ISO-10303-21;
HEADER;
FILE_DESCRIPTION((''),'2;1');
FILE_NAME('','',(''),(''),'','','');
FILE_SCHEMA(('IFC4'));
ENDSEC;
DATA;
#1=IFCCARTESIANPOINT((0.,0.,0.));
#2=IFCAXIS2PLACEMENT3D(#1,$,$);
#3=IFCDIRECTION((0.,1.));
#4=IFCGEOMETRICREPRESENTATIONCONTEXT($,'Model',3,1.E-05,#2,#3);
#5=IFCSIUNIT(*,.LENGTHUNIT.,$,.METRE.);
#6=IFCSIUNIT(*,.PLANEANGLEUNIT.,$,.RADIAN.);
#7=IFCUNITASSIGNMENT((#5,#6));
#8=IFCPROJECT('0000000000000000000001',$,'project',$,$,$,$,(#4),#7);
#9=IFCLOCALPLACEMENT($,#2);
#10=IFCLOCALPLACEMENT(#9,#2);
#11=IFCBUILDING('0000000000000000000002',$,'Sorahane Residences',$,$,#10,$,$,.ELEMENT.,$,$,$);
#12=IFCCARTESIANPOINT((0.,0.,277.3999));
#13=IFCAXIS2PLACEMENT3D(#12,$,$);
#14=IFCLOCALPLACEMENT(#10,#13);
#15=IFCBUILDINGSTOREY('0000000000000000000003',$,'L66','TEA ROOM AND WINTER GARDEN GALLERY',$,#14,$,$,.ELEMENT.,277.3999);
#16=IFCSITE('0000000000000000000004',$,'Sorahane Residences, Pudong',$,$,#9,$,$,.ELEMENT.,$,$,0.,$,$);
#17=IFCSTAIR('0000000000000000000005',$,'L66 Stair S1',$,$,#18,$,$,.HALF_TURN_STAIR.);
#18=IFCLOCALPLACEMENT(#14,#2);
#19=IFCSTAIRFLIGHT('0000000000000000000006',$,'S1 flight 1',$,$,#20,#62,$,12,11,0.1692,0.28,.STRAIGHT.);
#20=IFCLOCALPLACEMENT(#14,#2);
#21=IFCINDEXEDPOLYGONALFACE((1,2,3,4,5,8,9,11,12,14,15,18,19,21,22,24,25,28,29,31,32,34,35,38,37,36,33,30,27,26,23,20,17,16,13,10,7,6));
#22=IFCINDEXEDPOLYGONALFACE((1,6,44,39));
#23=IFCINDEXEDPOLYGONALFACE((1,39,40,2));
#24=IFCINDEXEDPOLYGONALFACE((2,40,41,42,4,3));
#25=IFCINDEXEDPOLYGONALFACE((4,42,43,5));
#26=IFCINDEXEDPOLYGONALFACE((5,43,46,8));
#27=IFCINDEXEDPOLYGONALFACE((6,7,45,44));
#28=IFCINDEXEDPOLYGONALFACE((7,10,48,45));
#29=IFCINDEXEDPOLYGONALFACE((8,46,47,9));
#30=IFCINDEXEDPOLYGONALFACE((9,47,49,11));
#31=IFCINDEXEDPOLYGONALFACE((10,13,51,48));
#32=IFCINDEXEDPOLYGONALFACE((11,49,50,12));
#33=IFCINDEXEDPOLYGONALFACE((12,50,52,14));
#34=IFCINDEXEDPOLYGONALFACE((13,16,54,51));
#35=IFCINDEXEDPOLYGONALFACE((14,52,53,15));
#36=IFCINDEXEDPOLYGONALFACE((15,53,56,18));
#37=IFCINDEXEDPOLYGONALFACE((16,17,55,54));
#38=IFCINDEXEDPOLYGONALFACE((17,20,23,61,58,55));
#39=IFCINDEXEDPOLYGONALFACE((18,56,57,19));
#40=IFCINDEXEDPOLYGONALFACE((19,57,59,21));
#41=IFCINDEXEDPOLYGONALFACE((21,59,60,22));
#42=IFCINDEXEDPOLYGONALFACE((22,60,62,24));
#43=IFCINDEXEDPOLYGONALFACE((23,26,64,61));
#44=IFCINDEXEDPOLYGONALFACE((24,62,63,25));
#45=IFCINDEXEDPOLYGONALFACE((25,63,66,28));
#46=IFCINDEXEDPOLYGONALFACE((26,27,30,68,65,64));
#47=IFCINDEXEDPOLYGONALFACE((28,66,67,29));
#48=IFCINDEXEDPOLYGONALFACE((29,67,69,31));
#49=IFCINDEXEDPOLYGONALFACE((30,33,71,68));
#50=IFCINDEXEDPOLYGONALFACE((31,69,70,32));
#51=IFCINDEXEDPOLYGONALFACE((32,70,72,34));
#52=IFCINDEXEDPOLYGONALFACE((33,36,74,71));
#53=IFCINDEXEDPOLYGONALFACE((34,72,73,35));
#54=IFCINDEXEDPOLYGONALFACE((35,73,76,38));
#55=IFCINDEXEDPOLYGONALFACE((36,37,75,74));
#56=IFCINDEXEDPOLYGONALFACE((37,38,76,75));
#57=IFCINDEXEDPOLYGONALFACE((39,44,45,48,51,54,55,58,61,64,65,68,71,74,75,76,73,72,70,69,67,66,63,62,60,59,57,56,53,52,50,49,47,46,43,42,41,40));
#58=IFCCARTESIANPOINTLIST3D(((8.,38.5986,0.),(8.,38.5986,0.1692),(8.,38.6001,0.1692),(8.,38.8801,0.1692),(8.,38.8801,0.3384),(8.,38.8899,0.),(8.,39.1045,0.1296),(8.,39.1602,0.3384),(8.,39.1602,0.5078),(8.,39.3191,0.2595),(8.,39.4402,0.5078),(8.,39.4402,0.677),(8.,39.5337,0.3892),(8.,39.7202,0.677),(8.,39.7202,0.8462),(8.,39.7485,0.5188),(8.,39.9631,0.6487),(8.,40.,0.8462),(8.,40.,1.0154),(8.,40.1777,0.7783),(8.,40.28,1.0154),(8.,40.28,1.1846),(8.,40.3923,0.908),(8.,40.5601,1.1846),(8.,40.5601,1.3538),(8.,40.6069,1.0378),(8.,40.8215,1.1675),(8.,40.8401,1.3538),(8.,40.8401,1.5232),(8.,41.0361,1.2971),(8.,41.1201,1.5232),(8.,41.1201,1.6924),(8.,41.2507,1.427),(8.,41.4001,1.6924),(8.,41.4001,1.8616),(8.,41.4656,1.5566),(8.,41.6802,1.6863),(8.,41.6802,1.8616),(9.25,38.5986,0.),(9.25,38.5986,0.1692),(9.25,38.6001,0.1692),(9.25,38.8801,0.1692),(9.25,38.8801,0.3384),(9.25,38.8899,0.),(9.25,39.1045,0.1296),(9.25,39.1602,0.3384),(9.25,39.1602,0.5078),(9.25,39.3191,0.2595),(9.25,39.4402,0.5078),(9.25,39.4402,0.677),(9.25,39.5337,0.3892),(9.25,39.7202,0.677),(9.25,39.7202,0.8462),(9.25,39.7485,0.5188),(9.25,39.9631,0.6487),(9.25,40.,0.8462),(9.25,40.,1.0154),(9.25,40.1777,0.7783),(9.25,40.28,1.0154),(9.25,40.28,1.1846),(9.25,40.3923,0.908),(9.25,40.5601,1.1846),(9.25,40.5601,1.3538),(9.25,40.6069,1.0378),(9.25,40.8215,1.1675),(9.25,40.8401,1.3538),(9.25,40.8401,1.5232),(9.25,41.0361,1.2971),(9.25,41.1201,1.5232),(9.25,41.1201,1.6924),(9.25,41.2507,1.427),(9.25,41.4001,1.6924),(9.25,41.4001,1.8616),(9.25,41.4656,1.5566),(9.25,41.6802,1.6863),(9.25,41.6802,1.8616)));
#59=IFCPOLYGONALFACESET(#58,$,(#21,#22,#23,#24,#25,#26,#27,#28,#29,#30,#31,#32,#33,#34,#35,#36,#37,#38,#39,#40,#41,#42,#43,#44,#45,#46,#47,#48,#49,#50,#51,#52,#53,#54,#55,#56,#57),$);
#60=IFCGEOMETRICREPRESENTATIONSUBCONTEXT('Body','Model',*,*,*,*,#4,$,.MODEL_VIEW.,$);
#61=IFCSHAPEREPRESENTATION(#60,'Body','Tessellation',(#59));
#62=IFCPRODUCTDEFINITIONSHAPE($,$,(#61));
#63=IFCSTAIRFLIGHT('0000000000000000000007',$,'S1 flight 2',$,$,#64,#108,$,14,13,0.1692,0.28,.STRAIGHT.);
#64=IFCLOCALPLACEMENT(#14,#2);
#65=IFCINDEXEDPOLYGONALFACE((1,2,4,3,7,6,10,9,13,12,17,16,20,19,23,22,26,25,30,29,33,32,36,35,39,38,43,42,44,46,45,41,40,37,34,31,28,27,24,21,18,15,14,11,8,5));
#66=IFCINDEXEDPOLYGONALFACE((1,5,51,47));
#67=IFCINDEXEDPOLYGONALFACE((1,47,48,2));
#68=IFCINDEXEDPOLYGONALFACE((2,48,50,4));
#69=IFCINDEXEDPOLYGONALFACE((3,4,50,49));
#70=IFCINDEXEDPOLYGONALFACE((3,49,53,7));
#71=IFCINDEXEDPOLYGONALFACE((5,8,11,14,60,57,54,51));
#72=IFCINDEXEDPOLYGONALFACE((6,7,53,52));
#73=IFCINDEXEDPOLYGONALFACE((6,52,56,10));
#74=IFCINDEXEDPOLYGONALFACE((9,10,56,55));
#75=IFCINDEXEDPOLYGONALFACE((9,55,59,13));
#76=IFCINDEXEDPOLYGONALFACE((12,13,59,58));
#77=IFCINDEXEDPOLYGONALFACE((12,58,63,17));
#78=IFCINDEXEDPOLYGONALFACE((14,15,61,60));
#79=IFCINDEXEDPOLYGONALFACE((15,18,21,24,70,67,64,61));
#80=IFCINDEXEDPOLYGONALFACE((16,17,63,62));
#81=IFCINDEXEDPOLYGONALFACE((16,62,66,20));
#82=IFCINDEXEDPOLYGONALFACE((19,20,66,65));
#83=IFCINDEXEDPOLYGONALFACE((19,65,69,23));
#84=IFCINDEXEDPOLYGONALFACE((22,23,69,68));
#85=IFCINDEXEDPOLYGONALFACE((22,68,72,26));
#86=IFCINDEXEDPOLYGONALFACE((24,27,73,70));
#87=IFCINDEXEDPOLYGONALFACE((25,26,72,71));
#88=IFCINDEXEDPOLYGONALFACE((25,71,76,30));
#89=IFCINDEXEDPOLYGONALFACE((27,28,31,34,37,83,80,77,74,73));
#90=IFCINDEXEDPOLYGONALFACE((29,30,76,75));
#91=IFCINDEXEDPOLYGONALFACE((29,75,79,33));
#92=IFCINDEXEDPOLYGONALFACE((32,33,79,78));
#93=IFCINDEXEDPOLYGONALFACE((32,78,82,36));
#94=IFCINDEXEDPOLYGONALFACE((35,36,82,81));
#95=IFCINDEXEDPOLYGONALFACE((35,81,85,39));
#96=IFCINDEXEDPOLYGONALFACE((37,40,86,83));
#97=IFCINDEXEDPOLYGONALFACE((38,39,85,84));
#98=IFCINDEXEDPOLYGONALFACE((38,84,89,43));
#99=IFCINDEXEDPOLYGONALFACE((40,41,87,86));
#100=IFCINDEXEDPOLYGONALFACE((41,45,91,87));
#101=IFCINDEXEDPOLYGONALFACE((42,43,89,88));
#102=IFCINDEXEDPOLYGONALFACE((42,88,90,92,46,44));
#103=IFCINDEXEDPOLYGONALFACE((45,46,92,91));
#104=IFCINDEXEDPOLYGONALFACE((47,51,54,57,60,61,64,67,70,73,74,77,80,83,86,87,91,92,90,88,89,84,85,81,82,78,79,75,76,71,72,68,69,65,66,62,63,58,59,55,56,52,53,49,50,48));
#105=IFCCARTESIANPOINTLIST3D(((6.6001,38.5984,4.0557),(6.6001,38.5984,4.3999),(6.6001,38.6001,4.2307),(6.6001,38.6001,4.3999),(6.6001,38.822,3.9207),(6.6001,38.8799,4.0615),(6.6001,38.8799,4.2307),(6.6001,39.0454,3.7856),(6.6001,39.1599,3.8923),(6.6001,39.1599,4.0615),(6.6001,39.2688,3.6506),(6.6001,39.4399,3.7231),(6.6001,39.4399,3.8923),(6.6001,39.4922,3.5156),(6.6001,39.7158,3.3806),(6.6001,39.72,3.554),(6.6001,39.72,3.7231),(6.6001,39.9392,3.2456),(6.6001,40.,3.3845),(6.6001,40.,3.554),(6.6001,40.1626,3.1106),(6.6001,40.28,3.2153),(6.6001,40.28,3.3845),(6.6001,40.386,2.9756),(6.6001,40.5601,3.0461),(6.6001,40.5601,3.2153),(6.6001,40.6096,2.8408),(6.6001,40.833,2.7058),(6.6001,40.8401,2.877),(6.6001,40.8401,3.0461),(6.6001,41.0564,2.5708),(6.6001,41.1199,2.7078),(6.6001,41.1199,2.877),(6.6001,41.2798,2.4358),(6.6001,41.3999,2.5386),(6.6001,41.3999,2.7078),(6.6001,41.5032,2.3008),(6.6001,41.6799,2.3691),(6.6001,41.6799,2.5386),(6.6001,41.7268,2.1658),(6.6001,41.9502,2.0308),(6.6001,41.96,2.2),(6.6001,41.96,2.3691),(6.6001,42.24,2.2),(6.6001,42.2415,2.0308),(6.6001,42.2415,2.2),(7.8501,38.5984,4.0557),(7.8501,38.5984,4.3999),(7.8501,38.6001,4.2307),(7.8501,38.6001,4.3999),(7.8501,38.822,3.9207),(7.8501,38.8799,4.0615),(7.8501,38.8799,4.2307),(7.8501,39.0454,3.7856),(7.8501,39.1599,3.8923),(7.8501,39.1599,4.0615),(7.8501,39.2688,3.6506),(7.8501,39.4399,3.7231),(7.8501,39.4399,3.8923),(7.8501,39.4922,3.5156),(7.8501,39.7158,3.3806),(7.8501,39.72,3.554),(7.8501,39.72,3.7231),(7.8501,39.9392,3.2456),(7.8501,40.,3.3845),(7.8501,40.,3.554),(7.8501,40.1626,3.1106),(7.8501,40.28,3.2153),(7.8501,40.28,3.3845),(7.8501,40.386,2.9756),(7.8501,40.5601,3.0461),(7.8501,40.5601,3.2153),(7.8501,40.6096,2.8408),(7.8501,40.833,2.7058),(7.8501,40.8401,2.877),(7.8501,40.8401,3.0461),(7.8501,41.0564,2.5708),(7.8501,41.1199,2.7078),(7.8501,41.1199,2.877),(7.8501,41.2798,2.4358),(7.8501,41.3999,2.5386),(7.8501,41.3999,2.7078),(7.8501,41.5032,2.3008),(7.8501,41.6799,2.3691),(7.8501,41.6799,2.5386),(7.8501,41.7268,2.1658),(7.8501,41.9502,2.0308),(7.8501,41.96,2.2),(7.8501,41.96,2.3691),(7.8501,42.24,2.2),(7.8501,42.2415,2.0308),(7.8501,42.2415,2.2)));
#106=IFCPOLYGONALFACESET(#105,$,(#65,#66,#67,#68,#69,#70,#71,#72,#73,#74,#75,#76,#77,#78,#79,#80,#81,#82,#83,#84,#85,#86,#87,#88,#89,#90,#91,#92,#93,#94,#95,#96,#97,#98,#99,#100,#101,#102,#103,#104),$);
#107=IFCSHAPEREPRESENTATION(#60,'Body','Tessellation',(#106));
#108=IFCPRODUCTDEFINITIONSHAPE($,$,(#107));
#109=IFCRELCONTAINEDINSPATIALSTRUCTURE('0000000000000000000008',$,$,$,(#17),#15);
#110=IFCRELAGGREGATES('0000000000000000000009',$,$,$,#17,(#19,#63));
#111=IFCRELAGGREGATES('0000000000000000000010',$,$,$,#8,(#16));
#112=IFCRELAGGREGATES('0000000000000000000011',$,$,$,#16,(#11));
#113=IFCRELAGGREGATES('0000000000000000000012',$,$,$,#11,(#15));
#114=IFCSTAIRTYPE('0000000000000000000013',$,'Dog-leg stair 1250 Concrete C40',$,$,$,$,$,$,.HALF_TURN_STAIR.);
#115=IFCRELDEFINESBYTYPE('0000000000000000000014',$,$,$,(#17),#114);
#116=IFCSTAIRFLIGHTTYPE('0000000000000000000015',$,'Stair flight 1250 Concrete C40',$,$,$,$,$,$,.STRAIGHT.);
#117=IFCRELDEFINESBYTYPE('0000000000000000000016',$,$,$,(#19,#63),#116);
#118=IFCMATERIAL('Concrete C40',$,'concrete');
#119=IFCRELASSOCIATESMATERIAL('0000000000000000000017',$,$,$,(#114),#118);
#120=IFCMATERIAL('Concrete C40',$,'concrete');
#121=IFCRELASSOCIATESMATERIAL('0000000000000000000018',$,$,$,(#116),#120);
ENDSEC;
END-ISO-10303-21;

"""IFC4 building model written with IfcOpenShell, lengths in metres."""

from ifc_helpers import new_model, si_unit, direction, frame, origin, place, context, subcontext, project, spatial, polyline, outline, extrude, material, type_object, element, aggregate, save


model = new_model("IFC4")

# Units and contexts
model_context = context("Model", 3, precision=1e-05, world=origin(), true_north=direction((0.0, 1.0)))
body_context = subcontext(model_context, "Body", "Model", "MODEL_VIEW")
ifc_project = project(units=[si_unit("LENGTHUNIT", "METRE"), si_unit("PLANEANGLEUNIT", "RADIAN")], contexts=[model_context])

# Site, building, storey
site_placement = place(None, origin())
site = spatial("IfcSite", under=ifc_project, at=site_placement, Name="Sorahane Residences, Pudong", CompositionType="ELEMENT", RefElevation=0.0)
building_placement = place(site_placement, origin())
building = spatial("IfcBuilding", under=site, at=building_placement, Name="Sorahane Residences", CompositionType="ELEMENT")
storey_placement = place(building_placement, frame((0.0, 0.0, 277.3999)))
storey = spatial("IfcBuildingStorey", under=building, at=storey_placement, Name="L66", Description="TEA ROOM AND WINTER GARDEN GALLERY", CompositionType="ELEMENT", Elevation=277.3999)

# Stair, stair flights
ifc_material_1 = material(Name="Concrete C40", Category="concrete")
stair_type = type_object("IfcStairType", Name="Dog-leg stair 1250 Concrete C40", PredefinedType="HALF_TURN_STAIR", material=ifc_material_1)
stair_placement = place(storey_placement, origin())
stair = element("IfcStair", 1, at=stair_placement, inside=storey, type_object=stair_type, Name="L66 Stair S1", PredefinedType="HALF_TURN_STAIR")
ifc_material_2 = material(Name="Concrete C40", Category="concrete")
stair_flight_type = type_object("IfcStairFlightType", Name="Stair flight 1250 Concrete C40", PredefinedType="STRAIGHT", material=ifc_material_2)
stair_flight_1_placement = place(storey_placement, frame((8.625, 38.6001, 0.0), z_axis=(0.0, 0.0, 1.0), x_axis=(0.0, 1.0, 0.0)))
stair_flight_1 = element("IfcStairFlight", 2, at=stair_flight_1_placement, type_object=stair_flight_type, Name="S1 flight 1", NumberOfRisers=12, NumberOfTreads=11, PredefinedType="STRAIGHT", RiserHeight=0.1692, TreadLength=0.28, context=body_context, shape_type="SweptSolid", body=[
    extrude(outline(polyline([(-0.0015, 0.0), (-0.0015, 0.1692), (0.0, 0.1692), (0.28, 0.1692), (0.28, 0.3384), (0.5601, 0.3384), (0.5601, 0.5078), (0.8401, 0.5078), (0.8401, 0.677), (1.1201, 0.677), (1.1201, 0.8462), (1.3999, 0.8462), (1.3999, 1.0154), (1.6799, 1.0154), (1.6799, 1.1846), (1.96, 1.1846), (1.96, 1.3538), (2.24, 1.3538), (2.24, 1.5232), (2.52, 1.5232), (2.52, 1.6924), (2.8, 1.6924), (2.8, 1.8616), (3.0801, 1.8616), (3.0801, 2.0308), (3.0801, 1.6863), (2.8655, 1.5566), (2.6506, 1.427), (2.436, 1.2971), (2.2214, 1.1675), (2.0068, 1.0378), (1.7922, 0.908), (1.5776, 0.7783), (1.363, 0.6487), (1.1484, 0.5188), (0.9336, 0.3892), (0.719, 0.2595), (0.5044, 0.1296), (0.2898, 0.0), (-0.0015, 0.0)])), frame((0.0, 0.625, 0.0), z_axis=(0.0, -1.0, 0.0), x_axis=(1.0, 0.0, 0.0)), (0.0, 0.0, 1.0), 1.25),
])
stair_flight_2_placement = place(storey_placement, frame((7.2251, 42.24, 2.0308), z_axis=(0.0, 0.0, 1.0), x_axis=(0.0, -1.0, 0.0)))
stair_flight_2 = element("IfcStairFlight", 3, at=stair_flight_2_placement, type_object=stair_flight_type, Name="S1 flight 2", NumberOfRisers=14, NumberOfTreads=13, PredefinedType="STRAIGHT", RiserHeight=0.1692, TreadLength=0.28, context=body_context, shape_type="SweptSolid", body=[
    extrude(outline(polyline([(-0.0015, 0.0), (-0.0015, 0.1692), (0.0, 0.1692), (0.28, 0.1692), (0.28, 0.3384), (0.5601, 0.3384), (0.5601, 0.5078), (0.8401, 0.5078), (0.8401, 0.677), (1.1201, 0.677), (1.1201, 0.8462), (1.3999, 0.8462), (1.3999, 1.0154), (1.6799, 1.0154), (1.6799, 1.1846), (1.96, 1.1846), (1.96, 1.3538), (2.24, 1.3538), (2.24, 1.5232), (2.52, 1.5232), (2.52, 1.6924), (2.8, 1.6924), (2.8, 1.8616), (3.0801, 1.8616), (3.0801, 2.0308), (3.3601, 2.0308), (3.3601, 2.2), (3.6399, 2.2), (3.6399, 2.3691), (3.6416, 2.3691), (3.6416, 2.0249), (3.418, 1.8899), (3.1946, 1.7549), (2.9712, 1.6199), (2.7478, 1.4849), (2.5242, 1.3499), (2.3008, 1.2148), (2.0774, 1.0798), (1.854, 0.9448), (1.6304, 0.8101), (1.407, 0.675), (1.1836, 0.54), (0.9602, 0.405), (0.7368, 0.27), (0.5132, 0.135), (0.2898, 0.0), (-0.0015, 0.0)])), frame((0.0, 0.625, 0.0), z_axis=(0.0, -1.0, 0.0), x_axis=(1.0, 0.0, 0.0)), (0.0, 0.0, 1.0), 1.25),
])
aggregate(stair, [stair_flight_1, stair_flight_2])

save(model, "model.ifc")
